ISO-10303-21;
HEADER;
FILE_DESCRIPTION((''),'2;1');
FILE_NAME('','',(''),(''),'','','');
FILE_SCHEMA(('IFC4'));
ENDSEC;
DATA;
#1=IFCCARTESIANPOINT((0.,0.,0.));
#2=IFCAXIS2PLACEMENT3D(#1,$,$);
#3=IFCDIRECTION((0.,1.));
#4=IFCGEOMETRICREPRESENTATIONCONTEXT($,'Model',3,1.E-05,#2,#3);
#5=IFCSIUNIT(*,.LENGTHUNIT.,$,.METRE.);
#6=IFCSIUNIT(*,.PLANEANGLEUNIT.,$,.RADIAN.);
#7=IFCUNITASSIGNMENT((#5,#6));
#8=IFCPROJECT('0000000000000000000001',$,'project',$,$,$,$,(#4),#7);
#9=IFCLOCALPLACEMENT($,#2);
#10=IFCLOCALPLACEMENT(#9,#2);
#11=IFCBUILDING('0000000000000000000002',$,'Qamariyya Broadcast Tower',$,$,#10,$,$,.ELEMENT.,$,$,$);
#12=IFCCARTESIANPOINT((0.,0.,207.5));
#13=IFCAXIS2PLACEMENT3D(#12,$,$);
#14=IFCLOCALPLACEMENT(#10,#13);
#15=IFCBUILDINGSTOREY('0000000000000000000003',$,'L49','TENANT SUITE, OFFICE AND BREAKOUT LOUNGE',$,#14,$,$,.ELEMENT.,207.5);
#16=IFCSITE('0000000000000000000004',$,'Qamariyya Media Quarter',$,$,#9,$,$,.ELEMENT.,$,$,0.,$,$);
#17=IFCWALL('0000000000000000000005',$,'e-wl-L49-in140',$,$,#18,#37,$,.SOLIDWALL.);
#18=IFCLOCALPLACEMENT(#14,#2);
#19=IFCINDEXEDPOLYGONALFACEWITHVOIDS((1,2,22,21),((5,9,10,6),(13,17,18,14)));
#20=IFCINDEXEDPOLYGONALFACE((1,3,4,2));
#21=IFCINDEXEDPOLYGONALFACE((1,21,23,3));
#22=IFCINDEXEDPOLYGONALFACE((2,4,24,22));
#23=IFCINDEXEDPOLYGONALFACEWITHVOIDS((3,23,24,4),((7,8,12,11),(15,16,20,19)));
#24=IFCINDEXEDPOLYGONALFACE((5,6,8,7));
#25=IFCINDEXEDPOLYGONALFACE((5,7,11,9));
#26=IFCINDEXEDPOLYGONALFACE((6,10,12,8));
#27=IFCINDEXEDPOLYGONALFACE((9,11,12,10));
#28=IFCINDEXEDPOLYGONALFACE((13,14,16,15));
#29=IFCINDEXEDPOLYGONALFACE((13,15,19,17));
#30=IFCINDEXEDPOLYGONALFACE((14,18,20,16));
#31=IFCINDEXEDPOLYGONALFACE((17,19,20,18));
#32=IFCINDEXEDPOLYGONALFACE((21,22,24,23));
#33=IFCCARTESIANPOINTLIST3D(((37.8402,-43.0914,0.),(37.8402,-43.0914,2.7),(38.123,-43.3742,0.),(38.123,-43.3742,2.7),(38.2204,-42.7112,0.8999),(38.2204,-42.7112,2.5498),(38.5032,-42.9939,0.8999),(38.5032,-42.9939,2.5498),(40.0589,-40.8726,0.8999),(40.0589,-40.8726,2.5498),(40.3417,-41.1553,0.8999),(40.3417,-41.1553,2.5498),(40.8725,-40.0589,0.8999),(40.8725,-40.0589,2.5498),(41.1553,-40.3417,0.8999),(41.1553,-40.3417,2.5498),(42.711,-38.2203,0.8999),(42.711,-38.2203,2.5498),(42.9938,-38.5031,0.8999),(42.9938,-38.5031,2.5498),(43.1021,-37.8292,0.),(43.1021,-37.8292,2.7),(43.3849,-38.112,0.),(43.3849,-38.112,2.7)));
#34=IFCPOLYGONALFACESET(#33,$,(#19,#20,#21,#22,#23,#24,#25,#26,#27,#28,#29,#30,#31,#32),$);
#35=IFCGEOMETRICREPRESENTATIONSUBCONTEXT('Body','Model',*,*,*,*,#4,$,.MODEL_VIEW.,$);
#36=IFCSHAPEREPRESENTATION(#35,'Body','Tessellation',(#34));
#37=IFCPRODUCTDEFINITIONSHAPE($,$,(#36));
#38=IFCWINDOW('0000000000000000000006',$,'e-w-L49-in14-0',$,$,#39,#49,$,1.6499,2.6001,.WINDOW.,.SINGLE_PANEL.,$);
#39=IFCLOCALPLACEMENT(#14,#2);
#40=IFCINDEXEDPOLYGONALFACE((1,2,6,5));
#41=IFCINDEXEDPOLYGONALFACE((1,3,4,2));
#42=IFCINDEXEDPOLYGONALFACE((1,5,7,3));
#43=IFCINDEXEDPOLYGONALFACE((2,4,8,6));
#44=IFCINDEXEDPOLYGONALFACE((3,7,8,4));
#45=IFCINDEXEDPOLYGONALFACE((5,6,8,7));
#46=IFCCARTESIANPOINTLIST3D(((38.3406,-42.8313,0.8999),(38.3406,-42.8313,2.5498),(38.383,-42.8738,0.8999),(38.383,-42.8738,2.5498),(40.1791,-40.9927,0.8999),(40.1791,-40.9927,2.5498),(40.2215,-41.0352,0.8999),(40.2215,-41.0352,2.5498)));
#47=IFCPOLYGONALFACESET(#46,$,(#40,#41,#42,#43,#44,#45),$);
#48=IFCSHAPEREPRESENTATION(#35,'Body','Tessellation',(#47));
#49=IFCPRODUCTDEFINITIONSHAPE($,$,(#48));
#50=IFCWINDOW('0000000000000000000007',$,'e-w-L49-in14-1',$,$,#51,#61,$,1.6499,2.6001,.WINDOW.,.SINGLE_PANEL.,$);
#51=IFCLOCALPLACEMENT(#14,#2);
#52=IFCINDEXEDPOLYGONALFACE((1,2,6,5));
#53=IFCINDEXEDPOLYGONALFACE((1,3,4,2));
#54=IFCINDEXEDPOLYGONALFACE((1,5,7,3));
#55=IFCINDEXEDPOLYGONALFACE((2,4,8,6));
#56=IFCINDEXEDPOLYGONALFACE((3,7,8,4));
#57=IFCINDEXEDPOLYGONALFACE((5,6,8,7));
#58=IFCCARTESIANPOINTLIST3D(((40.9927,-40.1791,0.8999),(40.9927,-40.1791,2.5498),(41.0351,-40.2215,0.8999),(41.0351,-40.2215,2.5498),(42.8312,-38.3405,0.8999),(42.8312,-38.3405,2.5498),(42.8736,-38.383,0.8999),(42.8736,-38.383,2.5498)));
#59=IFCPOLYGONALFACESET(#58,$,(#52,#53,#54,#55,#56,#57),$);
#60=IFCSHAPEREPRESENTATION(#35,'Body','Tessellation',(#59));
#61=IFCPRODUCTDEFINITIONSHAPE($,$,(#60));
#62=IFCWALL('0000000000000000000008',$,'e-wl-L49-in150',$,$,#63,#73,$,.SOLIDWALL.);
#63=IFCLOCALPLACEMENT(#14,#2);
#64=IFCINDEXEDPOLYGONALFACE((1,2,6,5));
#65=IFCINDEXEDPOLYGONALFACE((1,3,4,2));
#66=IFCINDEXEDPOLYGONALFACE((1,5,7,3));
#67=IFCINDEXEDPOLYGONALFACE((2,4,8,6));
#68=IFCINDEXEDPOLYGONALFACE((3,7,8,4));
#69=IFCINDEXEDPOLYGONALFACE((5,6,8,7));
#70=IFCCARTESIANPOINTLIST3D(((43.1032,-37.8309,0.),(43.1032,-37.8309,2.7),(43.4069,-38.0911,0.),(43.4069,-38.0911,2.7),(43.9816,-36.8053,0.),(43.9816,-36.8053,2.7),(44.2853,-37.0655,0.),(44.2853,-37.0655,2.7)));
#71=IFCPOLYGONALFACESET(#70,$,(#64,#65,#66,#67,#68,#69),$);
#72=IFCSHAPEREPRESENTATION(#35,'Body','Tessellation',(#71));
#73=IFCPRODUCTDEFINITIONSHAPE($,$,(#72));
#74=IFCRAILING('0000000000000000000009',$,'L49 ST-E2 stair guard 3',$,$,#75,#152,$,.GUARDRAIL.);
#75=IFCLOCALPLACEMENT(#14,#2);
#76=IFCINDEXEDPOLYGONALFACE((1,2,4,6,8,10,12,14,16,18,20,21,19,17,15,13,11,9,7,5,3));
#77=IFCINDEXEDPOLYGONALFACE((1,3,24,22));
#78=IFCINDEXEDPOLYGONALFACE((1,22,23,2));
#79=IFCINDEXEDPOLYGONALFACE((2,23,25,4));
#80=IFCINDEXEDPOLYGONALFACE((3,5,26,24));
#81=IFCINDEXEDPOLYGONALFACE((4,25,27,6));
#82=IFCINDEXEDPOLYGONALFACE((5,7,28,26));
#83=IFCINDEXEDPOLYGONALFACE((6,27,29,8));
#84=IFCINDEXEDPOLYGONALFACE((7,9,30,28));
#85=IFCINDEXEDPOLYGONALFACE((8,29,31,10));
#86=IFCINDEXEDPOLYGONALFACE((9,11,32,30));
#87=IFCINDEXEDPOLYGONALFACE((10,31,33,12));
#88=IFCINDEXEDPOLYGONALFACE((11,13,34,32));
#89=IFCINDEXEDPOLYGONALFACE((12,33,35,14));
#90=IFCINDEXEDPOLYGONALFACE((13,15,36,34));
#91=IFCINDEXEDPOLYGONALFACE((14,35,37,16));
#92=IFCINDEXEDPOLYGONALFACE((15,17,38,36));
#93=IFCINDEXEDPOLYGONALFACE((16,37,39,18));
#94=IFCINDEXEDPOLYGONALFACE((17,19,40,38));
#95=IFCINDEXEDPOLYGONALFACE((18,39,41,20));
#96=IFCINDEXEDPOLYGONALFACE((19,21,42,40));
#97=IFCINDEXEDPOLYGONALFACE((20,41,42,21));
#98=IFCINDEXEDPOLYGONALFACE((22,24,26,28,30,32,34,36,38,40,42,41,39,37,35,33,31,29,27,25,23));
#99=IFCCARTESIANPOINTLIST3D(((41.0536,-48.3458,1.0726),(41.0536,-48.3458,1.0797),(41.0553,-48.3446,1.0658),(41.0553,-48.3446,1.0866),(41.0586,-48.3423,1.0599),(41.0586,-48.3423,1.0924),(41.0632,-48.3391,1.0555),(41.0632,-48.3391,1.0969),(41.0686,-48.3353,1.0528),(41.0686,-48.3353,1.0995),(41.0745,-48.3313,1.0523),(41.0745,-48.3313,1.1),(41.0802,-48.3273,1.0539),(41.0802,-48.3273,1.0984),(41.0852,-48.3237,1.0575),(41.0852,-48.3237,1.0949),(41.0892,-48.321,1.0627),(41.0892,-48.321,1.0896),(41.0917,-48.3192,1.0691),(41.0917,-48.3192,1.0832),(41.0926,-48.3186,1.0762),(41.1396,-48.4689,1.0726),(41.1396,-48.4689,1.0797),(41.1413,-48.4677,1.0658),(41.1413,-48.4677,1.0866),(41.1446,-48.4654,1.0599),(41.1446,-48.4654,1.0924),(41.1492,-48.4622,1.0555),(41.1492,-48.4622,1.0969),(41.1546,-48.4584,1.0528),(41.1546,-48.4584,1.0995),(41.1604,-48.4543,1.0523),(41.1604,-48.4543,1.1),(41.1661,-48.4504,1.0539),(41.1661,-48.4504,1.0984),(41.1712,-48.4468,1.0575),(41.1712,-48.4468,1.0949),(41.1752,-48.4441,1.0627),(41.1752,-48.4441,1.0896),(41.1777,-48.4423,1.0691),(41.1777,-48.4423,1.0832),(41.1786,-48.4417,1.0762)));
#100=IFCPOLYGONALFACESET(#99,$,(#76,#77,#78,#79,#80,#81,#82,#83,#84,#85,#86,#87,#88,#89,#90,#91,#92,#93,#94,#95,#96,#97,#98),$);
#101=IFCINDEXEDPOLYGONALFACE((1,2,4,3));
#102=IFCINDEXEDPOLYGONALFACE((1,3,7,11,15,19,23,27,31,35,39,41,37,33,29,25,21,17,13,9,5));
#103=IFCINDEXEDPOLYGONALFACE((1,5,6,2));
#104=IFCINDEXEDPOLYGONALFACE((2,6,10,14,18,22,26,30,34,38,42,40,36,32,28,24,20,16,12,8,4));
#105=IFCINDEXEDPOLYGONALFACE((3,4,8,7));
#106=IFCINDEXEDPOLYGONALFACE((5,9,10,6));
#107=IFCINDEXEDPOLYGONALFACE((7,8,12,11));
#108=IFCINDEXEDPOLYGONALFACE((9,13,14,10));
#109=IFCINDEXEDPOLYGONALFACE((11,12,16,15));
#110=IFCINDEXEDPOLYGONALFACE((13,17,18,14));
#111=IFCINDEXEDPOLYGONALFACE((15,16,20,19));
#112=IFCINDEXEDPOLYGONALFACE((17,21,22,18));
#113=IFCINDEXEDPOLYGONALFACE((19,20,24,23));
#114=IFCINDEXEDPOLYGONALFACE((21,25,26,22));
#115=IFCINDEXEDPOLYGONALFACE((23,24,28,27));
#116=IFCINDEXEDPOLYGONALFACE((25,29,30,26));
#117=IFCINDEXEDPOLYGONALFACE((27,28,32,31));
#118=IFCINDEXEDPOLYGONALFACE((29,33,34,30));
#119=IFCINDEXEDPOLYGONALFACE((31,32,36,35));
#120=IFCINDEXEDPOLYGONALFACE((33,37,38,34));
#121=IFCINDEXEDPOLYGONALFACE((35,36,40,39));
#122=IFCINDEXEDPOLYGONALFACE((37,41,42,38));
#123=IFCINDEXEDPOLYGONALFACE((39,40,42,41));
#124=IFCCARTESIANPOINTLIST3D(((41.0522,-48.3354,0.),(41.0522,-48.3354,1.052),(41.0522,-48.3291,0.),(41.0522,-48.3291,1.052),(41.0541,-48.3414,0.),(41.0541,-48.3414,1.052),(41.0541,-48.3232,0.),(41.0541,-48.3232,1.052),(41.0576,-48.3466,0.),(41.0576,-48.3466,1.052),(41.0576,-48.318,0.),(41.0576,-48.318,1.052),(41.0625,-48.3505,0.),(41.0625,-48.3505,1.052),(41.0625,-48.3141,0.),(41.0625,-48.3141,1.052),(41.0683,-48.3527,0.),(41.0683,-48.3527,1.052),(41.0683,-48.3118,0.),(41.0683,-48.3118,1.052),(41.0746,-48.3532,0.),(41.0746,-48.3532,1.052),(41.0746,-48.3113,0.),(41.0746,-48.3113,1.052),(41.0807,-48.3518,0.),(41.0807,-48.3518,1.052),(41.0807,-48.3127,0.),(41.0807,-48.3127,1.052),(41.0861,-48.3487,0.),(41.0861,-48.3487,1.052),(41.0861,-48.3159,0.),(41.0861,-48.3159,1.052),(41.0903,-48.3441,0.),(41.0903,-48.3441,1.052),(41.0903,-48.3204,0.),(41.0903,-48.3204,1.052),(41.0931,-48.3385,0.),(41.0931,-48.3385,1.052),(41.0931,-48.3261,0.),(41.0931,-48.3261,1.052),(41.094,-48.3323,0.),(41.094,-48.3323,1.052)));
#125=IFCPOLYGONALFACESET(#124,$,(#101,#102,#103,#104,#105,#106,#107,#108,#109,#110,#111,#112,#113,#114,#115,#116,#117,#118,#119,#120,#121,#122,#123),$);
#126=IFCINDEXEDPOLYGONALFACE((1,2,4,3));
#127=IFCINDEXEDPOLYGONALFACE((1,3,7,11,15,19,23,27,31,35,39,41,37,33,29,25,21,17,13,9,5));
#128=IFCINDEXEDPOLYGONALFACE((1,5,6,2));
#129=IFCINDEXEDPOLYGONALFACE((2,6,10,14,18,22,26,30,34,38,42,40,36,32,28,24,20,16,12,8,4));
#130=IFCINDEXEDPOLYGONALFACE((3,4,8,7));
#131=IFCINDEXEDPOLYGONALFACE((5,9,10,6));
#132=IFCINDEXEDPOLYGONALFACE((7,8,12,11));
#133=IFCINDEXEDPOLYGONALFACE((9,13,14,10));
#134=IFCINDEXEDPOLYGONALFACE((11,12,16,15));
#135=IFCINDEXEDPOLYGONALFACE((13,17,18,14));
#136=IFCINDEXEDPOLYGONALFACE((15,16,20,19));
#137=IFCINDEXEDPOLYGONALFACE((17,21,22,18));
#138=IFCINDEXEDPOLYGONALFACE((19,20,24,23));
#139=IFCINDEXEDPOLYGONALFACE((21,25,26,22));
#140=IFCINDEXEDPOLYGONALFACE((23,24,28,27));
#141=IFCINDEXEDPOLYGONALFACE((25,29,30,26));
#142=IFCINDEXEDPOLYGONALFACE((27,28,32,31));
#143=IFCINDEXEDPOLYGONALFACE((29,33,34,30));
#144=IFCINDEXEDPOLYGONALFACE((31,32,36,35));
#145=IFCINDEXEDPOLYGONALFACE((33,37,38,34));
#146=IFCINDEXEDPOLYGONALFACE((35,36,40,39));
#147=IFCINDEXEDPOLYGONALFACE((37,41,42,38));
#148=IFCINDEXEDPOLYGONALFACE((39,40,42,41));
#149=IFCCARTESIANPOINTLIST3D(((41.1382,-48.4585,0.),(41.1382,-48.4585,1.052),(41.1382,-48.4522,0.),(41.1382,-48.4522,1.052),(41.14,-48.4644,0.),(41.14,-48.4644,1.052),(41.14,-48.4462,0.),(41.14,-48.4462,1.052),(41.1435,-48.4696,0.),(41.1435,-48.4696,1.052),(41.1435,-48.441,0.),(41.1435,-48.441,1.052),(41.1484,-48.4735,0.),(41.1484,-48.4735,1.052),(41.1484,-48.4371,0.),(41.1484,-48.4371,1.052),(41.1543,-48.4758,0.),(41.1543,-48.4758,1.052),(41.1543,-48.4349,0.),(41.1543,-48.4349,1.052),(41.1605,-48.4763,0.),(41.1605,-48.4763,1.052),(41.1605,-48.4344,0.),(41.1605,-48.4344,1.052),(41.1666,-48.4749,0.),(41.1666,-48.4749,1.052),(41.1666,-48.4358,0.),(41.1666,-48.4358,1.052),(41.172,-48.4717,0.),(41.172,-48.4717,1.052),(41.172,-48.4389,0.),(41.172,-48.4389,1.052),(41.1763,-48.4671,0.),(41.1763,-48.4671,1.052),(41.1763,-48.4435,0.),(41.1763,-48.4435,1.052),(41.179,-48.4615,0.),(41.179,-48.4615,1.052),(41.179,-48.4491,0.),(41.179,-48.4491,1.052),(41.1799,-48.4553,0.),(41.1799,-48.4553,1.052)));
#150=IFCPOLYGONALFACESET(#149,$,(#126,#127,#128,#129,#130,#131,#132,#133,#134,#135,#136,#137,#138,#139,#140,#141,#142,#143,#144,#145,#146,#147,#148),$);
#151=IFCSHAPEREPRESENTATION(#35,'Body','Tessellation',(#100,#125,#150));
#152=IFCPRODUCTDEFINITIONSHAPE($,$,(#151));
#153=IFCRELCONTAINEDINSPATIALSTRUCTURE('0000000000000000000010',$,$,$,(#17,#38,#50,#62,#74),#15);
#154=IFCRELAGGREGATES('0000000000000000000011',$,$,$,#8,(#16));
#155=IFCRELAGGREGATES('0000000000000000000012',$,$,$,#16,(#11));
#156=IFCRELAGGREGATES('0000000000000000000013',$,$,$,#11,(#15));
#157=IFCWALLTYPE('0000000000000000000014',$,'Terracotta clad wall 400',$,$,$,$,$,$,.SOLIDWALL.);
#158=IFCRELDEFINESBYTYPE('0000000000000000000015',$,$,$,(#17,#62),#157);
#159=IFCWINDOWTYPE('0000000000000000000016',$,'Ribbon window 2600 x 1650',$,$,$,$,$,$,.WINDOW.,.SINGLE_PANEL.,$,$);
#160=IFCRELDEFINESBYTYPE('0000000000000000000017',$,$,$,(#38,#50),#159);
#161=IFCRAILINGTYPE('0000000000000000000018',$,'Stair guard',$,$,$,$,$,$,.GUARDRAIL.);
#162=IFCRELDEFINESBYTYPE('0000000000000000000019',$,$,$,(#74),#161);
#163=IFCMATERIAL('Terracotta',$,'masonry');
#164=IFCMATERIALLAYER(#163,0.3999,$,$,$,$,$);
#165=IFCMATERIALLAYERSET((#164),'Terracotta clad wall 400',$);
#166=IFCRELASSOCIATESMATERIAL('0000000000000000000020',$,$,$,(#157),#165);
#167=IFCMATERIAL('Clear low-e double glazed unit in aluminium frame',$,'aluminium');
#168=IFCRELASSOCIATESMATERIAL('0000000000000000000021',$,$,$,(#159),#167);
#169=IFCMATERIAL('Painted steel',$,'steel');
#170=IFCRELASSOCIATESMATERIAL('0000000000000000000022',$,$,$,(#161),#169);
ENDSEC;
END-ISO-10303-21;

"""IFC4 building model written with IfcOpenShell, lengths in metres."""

from ifc_helpers import new_model, si_unit, direction, frame, frame_2d, origin, origin_2d, place, context, subcontext, project, spatial, rectangle, circle, extrude, material, layer, layer_set, type_object, element, fill, save


model = new_model("IFC4")

# Units and contexts
model_context = context("Model", 3, precision=1e-05, world=origin(), true_north=direction((0.0, 1.0)))
body_context = subcontext(model_context, "Body", "Model", "MODEL_VIEW")
ifc_project = project(units=[si_unit("LENGTHUNIT", "METRE"), si_unit("PLANEANGLEUNIT", "RADIAN")], contexts=[model_context])

# Site, building, storey
site_placement = place(None, origin())
site = spatial("IfcSite", under=ifc_project, at=site_placement, Name="Qamariyya Media Quarter", CompositionType="ELEMENT", RefElevation=0.0)
building_placement = place(site_placement, origin())
building = spatial("IfcBuilding", under=site, at=building_placement, Name="Qamariyya Broadcast Tower", CompositionType="ELEMENT")
storey_placement = place(building_placement, frame((0.0, 0.0, 207.5)))
storey = spatial("IfcBuildingStorey", under=building, at=storey_placement, Name="L49", Description="TENANT SUITE, OFFICE AND BREAKOUT LOUNGE", CompositionType="ELEMENT", Elevation=207.5)

# Shared definitions
ifc_material_1 = material(Name="Terracotta", Category="masonry")
ifc_layer_1 = layer(ifc_material_1, 0.3999)
ifc_layer_set_1 = layer_set([ifc_layer_1], Name="Terracotta clad wall 400")
wall_type_1 = type_object("IfcWallType", Name="Terracotta clad wall 400", PredefinedType="SOLIDWALL", material=ifc_layer_set_1)
ifc_material_2 = material(Name="Clear low-e double glazed unit in aluminium frame", Category="aluminium")

# Wall, openings, windows
wall_1_placement = place(storey_placement, frame((43.2434, -37.9707, 0.0), z_axis=(0.0, 0.0, 1.0), x_axis=(-0.70709, -0.707123, 0.0)))
wall_1 = element("IfcWall", 1, at=wall_1_placement, inside=storey, type_object=wall_type_1, Name="e-wl-L49-in140", PredefinedType="SOLIDWALL", context=body_context, shape_type="SweptSolid", body=[
    extrude(rectangle(XDim=7.4417, YDim=0.3999, at=frame_2d((3.7207, 0.0))), origin(), (0.0, 0.0, 1.0), 2.7),
])
opening_1_placement = place(wall_1_placement, frame((4.3037, 0.0, 0.8999)))
opening_1 = element("IfcOpeningElement", 2, at=opening_1_placement, cuts=wall_1, PredefinedType="OPENING", context=body_context, shape_type="SweptSolid", body=[
    extrude(rectangle(XDim=2.6001, YDim=1.6499, at=frame_2d((1.3, 0.825))), frame((0.0, 0.21, 0.0), z_axis=(0.0, -1.0, 0.0), x_axis=(1.0, 0.0, 0.0)), (0.0, 0.0, 1.0), 0.4199),
])
opening_2_placement = place(wall_1_placement, frame((0.553, 0.0, 0.8999)))
opening_2 = element("IfcOpeningElement", 3, at=opening_2_placement, cuts=wall_1, PredefinedType="OPENING", context=body_context, shape_type="SweptSolid", body=[
    extrude(rectangle(XDim=2.6001, YDim=1.6499, at=frame_2d((1.3, 0.825))), frame((0.0, 0.21, 0.0), z_axis=(0.0, -1.0, 0.0), x_axis=(1.0, 0.0, 0.0)), (0.0, 0.0, 1.0), 0.4199),
])
window_type_1 = type_object("IfcWindowType", Name="Ribbon window 2600 x 1650", PartitioningType="SINGLE_PANEL", PredefinedType="WINDOW", material=ifc_material_2)
window_1_placement = place(opening_1_placement, origin())
window_1 = element("IfcWindow", 4, at=window_1_placement, inside=storey, type_object=window_type_1, Name="e-w-L49-in14-0", OverallHeight=1.6499, OverallWidth=2.6001, PartitioningType="SINGLE_PANEL", PredefinedType="WINDOW", context=body_context, shape_type="SweptSolid", body=[
    extrude(rectangle(XDim=2.6001, YDim=1.6499, at=frame_2d((1.3, 0.825))), frame((0.0, 0.03, 0.0), z_axis=(0.0, -1.0, 0.0), x_axis=(1.0, 0.0, 0.0)), (0.0, 0.0, 1.0), 0.0601),
])
fill(opening_1, window_1)
window_2_placement = place(opening_2_placement, origin())
window_2 = element("IfcWindow", 5, at=window_2_placement, inside=storey, type_object=window_type_1, Name="e-w-L49-in14-1", OverallHeight=1.6499, OverallWidth=2.6001, PartitioningType="SINGLE_PANEL", PredefinedType="WINDOW", context=body_context, shape_type="SweptSolid", body=[
    extrude(rectangle(XDim=2.6001, YDim=1.6499, at=frame_2d((1.3, 0.825))), frame((0.0, 0.03, 0.0), z_axis=(0.0, -1.0, 0.0), x_axis=(1.0, 0.0, 0.0)), (0.0, 0.0, 1.0), 0.0601),
])
fill(opening_2, window_2)

# Wall
wall_2_placement = place(storey_placement, frame((44.1335, -36.9353, 0.0), z_axis=(0.0, 0.0, 1.0), x_axis=(-0.650494, -0.759512, 0.0)))
element("IfcWall", 6, at=wall_2_placement, inside=storey, type_object=wall_type_1, Name="e-wl-L49-in150", PredefinedType="SOLIDWALL", context=body_context, shape_type="SweptSolid", body=[
    extrude(rectangle(XDim=1.3503, YDim=0.3999, at=frame_2d((0.6753, 0.0))), origin(), (0.0, 0.0, 1.0), 2.7),
])

# Railing
ifc_material_3 = material(Name="Painted steel", Category="steel")
railing_type_1 = type_object("IfcRailingType", Name="Stair guard", PredefinedType="GUARDRAIL", material=ifc_material_3)
railing_1_placement = place(storey_placement, frame((41.073, -48.3323, 0.0)))
element("IfcRailing", 7, at=railing_1_placement, inside=storey, type_object=railing_type_1, Name="L49 ST-E2 stair guard 3", PredefinedType="GUARDRAIL", context=body_context, shape_type="SweptSolid", body=[
    extrude(circle(Radius=0.0239, at=origin_2d()), frame((0.0, 0.0, 1.0762), z_axis=(0.572589, -0.819843, 0.0), x_axis=(0.819843, 0.572589, 0.0)), (0.0, 0.0, 1.0), 0.1501),
    extrude(circle(Radius=0.021, at=origin_2d()), origin(), (0.0, 0.0, 1.0), 1.052),
    extrude(circle(Radius=0.021, at=origin_2d()), frame((0.0859, -0.123, 0.0)), (0.0, 0.0, 1.0), 1.052),
])

save(model, "model.ifc")
